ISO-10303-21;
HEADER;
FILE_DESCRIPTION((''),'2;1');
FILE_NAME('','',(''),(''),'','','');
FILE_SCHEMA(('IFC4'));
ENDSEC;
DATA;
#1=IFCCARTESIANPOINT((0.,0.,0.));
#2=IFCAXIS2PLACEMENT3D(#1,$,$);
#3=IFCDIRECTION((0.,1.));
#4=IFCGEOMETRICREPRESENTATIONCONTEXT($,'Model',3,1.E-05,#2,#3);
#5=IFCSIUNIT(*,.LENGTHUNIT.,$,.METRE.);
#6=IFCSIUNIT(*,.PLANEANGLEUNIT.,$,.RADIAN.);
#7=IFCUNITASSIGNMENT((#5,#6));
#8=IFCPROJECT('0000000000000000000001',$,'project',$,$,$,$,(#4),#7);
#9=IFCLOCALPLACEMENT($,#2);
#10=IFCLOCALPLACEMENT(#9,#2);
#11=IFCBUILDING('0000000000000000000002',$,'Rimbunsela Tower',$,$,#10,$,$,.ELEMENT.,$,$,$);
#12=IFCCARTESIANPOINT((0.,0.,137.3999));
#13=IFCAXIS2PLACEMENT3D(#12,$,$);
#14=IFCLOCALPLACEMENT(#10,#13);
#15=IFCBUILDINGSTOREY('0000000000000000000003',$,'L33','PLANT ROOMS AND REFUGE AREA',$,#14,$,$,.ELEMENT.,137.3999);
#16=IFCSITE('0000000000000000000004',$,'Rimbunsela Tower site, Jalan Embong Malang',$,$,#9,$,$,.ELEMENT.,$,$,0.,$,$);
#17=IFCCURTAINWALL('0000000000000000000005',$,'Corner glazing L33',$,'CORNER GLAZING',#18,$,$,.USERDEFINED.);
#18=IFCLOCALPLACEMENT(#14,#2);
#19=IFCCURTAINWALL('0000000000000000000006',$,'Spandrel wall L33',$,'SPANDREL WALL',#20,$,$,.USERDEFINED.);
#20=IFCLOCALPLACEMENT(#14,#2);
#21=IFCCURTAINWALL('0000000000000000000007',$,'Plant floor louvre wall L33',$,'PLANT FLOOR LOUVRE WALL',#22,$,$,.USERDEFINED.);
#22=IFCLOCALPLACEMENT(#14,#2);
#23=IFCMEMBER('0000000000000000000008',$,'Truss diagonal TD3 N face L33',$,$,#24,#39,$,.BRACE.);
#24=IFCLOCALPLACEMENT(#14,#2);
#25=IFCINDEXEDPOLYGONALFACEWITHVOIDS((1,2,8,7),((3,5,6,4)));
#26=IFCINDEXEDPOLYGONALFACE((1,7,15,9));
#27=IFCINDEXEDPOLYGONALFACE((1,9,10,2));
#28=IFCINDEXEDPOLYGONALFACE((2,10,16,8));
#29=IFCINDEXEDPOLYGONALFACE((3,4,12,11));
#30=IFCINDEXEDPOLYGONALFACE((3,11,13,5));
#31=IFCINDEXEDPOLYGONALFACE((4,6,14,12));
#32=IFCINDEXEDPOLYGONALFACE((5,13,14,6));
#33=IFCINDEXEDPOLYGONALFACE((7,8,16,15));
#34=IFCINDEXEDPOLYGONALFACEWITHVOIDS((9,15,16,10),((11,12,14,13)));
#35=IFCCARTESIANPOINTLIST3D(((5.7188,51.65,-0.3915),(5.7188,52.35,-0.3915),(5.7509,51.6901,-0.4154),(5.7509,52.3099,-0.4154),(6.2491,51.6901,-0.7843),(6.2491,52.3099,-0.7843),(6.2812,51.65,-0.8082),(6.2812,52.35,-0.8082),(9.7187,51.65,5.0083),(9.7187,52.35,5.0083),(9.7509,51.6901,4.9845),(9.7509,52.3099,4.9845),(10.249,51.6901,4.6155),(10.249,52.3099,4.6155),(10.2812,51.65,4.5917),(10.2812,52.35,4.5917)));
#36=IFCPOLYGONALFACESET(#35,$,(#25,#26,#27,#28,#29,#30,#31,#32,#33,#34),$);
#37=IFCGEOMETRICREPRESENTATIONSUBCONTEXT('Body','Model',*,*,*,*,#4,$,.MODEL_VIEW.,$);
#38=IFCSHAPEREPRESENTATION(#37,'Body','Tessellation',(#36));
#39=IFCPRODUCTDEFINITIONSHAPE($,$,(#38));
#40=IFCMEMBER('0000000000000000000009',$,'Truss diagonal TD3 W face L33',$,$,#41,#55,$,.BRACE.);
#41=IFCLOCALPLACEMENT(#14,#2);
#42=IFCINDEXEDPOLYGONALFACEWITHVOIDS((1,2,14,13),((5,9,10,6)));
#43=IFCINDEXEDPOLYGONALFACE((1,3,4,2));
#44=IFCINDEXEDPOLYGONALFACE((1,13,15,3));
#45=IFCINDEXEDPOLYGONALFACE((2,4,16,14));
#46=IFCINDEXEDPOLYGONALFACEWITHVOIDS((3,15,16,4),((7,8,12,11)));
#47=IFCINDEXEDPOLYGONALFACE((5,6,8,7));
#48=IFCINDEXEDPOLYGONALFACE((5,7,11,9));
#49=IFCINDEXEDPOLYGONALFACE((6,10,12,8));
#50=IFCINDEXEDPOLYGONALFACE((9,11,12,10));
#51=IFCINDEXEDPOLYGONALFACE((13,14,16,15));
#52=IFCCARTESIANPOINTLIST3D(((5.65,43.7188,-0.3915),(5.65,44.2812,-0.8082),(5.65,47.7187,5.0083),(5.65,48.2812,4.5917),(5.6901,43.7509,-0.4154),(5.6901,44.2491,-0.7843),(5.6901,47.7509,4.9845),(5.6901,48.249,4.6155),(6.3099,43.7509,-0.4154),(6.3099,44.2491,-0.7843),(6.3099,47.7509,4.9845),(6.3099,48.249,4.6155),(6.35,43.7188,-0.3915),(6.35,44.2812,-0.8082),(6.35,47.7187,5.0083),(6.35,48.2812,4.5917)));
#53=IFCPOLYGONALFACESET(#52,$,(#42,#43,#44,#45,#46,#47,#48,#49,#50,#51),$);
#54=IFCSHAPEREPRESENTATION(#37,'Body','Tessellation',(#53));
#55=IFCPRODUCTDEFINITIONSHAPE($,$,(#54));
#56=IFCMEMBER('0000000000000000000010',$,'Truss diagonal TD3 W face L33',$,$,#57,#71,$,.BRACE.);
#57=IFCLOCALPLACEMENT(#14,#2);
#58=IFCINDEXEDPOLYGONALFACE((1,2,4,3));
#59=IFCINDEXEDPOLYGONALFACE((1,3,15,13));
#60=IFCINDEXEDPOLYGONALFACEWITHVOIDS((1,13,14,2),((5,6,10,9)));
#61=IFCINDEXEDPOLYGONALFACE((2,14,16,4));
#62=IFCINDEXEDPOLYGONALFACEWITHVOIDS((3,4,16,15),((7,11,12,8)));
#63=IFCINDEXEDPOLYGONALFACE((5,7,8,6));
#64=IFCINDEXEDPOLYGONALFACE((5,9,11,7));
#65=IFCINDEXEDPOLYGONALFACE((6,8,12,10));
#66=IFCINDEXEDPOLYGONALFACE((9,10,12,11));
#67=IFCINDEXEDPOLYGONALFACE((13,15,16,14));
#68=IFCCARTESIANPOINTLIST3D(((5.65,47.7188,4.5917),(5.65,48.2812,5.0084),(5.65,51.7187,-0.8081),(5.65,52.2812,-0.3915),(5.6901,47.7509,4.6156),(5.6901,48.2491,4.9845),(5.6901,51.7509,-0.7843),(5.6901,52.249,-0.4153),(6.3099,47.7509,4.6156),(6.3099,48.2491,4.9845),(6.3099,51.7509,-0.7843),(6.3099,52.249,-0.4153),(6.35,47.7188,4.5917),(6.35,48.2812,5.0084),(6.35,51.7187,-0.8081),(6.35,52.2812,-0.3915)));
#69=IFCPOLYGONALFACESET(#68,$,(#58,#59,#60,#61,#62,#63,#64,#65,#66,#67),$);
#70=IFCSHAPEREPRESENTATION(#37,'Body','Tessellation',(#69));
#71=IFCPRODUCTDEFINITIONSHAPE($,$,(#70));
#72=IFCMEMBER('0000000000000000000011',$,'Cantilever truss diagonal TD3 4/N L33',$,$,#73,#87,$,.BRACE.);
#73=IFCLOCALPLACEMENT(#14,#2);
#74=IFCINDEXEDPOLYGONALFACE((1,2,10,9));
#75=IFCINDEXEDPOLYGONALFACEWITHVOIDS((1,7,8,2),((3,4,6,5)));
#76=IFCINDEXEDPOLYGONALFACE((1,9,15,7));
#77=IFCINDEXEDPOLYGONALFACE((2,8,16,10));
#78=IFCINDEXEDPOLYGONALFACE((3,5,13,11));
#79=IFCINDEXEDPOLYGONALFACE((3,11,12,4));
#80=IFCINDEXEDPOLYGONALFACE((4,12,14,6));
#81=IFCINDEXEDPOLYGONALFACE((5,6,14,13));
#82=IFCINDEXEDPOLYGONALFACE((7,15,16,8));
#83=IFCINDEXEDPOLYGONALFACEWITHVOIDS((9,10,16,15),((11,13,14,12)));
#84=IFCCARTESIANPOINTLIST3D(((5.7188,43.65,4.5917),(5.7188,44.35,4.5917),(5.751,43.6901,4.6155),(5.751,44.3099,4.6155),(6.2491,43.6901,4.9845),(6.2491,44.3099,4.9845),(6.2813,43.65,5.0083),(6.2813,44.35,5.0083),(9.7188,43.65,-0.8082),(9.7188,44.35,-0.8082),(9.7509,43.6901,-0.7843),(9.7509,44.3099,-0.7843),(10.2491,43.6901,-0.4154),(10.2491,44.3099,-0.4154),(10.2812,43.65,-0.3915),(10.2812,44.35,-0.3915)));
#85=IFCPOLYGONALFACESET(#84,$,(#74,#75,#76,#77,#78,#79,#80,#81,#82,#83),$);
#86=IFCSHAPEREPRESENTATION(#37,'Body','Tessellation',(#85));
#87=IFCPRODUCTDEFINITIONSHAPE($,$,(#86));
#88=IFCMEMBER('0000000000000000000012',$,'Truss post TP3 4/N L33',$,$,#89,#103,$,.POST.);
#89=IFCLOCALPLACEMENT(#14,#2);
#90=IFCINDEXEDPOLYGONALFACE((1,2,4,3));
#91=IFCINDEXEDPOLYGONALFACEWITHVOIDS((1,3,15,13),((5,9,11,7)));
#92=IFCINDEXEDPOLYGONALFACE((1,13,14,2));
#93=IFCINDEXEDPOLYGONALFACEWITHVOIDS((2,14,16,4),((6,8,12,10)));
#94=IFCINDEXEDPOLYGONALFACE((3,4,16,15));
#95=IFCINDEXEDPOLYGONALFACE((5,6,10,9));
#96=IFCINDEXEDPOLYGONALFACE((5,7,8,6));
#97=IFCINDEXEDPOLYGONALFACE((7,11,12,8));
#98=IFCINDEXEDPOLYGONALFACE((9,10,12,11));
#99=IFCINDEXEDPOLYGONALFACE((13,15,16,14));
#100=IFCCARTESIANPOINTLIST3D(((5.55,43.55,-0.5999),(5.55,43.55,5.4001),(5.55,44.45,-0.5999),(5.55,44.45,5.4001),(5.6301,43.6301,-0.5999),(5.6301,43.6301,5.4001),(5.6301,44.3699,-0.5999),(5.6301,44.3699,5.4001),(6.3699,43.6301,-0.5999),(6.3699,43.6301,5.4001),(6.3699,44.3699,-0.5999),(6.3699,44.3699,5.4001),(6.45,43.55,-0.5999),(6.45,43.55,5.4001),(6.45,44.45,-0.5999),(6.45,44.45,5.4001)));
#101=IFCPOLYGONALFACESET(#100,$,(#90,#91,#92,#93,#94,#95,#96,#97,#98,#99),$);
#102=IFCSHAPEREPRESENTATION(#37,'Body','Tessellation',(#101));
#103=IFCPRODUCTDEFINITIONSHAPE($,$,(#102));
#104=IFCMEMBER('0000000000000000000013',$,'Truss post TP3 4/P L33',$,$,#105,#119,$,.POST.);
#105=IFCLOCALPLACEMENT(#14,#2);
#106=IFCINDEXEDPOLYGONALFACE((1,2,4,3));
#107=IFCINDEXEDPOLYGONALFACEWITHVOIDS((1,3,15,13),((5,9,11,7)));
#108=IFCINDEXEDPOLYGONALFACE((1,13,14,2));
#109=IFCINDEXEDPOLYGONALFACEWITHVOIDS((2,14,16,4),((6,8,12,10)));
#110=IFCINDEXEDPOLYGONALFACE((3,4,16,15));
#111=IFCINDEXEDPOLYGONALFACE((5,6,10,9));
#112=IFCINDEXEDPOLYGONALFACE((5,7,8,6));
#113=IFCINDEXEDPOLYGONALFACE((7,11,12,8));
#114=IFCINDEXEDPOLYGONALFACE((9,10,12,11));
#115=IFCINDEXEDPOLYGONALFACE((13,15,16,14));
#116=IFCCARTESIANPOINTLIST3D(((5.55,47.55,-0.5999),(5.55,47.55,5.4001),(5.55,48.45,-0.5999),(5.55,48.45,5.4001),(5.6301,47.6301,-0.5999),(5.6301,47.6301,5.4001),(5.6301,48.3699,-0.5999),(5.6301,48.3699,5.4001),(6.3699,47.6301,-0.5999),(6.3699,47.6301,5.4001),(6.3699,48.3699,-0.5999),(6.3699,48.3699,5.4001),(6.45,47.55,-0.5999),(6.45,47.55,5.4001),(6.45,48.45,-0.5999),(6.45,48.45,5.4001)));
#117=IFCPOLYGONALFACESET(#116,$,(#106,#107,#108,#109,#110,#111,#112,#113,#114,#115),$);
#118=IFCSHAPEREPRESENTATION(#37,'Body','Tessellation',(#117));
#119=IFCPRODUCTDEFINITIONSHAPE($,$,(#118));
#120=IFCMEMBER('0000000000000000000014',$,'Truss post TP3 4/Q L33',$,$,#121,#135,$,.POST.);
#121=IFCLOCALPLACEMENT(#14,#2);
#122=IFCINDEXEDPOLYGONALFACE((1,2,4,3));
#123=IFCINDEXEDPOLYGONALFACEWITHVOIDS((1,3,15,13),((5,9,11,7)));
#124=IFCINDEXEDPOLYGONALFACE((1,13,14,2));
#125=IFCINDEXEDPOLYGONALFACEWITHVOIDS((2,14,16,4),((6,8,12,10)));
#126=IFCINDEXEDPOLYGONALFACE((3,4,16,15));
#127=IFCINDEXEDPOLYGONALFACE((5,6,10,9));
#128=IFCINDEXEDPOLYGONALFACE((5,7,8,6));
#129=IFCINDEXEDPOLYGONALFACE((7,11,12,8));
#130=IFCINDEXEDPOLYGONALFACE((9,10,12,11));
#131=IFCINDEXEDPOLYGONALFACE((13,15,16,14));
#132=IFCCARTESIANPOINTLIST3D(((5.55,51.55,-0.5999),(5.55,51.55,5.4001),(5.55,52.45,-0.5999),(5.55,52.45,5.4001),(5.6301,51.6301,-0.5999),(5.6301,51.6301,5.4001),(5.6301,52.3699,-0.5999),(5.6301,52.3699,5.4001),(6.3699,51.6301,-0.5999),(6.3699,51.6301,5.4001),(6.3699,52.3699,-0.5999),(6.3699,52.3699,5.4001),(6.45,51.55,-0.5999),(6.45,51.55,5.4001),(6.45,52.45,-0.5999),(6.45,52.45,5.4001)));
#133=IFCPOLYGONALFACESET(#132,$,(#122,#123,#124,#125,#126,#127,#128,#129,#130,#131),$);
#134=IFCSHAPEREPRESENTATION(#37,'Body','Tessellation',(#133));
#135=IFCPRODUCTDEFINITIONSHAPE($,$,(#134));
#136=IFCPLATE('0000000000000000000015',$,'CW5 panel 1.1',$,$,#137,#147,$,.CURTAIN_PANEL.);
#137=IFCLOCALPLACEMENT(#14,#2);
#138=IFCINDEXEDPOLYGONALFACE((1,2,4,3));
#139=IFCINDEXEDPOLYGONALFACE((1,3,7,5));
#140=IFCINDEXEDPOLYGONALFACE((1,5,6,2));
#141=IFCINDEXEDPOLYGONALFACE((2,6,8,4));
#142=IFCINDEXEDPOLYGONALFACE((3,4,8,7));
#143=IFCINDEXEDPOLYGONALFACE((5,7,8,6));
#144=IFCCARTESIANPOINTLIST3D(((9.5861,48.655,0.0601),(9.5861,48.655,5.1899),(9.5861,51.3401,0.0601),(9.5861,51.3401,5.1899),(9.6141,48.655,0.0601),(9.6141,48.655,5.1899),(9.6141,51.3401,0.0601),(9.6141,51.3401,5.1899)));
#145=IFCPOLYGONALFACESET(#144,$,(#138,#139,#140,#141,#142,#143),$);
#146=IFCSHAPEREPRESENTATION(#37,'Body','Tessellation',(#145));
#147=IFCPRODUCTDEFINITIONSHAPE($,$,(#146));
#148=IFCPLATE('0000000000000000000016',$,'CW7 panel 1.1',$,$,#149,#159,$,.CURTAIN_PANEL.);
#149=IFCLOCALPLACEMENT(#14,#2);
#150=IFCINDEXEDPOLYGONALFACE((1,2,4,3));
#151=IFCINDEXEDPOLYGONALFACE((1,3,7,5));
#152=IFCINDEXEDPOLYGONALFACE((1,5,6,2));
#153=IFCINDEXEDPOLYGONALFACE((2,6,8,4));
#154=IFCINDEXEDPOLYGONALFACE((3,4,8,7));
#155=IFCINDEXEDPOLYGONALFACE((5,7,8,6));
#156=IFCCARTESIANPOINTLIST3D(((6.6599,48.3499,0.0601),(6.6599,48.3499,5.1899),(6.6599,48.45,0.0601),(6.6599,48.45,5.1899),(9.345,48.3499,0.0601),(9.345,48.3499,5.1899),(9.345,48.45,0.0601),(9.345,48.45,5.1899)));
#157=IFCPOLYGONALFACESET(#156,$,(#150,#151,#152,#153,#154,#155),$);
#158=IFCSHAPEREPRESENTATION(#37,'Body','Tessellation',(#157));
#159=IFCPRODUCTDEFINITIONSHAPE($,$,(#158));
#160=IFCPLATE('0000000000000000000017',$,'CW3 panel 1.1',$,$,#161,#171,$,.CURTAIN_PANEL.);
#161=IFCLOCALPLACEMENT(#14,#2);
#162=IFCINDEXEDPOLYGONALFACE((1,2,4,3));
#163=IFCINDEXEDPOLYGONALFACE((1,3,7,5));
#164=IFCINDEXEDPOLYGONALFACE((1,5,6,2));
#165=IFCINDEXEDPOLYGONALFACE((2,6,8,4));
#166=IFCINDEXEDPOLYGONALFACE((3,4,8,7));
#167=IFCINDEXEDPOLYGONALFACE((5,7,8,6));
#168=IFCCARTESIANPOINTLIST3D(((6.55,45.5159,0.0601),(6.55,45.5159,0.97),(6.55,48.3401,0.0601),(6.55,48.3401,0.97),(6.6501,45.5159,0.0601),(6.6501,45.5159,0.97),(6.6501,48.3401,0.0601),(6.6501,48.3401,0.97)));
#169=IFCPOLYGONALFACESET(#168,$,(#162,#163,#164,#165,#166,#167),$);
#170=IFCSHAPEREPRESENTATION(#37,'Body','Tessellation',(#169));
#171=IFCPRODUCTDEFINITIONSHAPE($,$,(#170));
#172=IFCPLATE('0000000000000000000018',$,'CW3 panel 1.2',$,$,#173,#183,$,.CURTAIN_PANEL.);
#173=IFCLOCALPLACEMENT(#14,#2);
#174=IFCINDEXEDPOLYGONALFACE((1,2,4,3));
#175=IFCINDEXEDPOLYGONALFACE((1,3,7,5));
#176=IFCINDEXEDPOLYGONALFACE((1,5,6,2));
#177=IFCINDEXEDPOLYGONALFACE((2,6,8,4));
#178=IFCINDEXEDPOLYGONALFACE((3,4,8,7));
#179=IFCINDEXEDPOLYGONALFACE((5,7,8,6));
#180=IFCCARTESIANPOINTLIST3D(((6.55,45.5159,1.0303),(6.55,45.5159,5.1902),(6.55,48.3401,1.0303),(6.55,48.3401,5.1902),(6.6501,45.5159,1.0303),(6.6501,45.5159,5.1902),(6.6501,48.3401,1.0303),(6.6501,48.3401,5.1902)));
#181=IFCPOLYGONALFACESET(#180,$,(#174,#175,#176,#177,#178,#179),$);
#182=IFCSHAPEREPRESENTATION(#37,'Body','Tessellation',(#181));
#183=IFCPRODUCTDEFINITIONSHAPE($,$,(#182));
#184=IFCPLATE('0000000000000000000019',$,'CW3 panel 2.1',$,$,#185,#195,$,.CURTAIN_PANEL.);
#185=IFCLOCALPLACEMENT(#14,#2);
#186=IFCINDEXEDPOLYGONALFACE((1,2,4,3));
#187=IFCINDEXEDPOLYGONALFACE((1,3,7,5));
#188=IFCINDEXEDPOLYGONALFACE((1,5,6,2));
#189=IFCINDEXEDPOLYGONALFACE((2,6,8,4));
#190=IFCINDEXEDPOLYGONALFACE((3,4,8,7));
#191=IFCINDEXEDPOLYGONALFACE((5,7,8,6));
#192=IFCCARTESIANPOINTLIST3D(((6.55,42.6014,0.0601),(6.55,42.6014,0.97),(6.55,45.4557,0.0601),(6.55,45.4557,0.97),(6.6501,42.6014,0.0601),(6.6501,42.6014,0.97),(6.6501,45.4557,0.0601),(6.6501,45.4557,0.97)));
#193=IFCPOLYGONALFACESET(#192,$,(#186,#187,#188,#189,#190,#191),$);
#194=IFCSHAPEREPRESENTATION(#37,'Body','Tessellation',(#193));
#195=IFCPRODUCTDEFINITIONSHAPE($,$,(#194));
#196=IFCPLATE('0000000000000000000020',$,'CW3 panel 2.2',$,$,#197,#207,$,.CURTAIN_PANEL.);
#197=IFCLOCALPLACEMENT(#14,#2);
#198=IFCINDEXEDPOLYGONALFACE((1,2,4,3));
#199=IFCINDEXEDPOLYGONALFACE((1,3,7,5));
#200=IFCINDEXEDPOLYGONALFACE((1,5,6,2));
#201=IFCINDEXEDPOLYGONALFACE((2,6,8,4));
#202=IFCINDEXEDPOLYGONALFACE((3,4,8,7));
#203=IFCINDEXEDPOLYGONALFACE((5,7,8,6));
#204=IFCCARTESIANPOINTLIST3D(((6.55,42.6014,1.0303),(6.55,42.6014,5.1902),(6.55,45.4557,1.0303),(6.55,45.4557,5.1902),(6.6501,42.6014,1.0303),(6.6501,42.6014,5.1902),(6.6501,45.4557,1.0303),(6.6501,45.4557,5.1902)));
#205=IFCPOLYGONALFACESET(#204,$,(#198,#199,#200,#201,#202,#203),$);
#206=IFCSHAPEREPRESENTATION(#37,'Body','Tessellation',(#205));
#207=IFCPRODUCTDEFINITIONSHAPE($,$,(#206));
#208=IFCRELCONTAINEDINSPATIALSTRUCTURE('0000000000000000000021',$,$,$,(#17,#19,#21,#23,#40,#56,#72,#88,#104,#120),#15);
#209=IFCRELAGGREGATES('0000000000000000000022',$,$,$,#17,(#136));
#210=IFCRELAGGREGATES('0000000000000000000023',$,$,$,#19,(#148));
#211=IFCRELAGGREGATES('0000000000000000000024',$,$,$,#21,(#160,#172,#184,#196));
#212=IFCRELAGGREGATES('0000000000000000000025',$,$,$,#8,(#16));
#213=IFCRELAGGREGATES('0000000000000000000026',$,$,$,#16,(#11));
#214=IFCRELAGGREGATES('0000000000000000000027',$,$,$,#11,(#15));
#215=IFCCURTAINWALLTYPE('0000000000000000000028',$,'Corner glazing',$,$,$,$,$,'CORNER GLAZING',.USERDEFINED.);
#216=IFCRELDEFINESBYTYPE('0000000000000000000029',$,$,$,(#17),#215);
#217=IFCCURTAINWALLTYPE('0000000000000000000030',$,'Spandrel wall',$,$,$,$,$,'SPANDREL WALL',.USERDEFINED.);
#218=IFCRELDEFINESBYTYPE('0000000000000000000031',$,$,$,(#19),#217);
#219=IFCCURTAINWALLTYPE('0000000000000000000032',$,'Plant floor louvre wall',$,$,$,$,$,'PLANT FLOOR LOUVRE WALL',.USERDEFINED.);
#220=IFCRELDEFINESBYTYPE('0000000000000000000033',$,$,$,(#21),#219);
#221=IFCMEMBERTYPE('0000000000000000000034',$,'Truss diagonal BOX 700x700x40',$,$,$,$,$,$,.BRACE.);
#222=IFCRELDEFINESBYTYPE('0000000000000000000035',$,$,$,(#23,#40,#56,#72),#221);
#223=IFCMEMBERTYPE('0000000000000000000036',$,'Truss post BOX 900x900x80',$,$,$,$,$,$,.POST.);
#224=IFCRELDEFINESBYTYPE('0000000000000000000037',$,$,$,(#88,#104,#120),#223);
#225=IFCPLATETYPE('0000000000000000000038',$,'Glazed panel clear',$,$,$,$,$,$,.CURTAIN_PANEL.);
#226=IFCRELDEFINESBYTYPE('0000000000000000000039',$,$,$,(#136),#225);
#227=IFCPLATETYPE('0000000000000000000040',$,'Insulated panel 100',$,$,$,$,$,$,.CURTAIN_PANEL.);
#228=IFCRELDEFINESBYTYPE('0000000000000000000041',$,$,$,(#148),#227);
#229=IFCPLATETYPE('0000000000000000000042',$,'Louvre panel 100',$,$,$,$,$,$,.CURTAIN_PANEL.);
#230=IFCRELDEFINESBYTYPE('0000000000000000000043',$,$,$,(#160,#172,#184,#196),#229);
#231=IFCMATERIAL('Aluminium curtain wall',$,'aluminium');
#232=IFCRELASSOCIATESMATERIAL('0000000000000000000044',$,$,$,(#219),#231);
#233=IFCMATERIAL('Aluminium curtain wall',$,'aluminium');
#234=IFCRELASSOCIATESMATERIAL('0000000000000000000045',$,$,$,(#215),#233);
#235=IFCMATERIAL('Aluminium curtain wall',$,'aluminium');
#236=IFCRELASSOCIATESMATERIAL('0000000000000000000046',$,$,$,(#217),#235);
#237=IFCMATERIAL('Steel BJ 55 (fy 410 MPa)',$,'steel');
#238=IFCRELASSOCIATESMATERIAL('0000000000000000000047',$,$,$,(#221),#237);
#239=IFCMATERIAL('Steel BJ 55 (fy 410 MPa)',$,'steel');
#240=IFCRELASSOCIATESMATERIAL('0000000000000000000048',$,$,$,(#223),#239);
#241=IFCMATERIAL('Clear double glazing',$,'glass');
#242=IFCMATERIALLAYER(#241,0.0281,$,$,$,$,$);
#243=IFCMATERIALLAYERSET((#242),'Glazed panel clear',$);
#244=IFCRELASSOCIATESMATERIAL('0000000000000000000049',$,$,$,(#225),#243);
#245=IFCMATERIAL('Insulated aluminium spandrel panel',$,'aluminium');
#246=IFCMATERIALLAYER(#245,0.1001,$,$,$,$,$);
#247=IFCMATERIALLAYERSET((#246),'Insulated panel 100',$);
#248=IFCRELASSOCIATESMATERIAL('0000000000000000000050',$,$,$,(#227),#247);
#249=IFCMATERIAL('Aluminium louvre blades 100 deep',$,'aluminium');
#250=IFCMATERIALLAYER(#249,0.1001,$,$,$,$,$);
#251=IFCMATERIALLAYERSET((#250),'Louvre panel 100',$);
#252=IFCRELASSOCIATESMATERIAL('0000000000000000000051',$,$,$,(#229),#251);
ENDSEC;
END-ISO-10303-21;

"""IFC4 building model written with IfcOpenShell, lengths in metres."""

from ifc_helpers import new_model, si_unit, direction, frame, origin, origin_2d, place, context, subcontext, project, spatial, rectangle, hollow_rectangle, extrude, material, layer, layer_set, material_profile, profile_set, type_object, element, aggregate, save


model = new_model("IFC4")

# Units and contexts
model_context = context("Model", 3, precision=1e-05, world=origin(), true_north=direction((0.0, 1.0)))
body_context = subcontext(model_context, "Body", "Model", "MODEL_VIEW")
ifc_project = project(units=[si_unit("LENGTHUNIT", "METRE"), si_unit("PLANEANGLEUNIT", "RADIAN")], contexts=[model_context])

# Site, building, storey
site_placement = place(None, origin())
site = spatial("IfcSite", under=ifc_project, at=site_placement, Name="Rimbunsela Tower site, Jalan Embong Malang", CompositionType="ELEMENT", RefElevation=0.0)
building_placement = place(site_placement, origin())
building = spatial("IfcBuilding", under=site, at=building_placement, Name="Rimbunsela Tower", CompositionType="ELEMENT")
storey_placement = place(building_placement, frame((0.0, 0.0, 137.3999)))
storey = spatial("IfcBuildingStorey", under=building, at=storey_placement, Name="L33", Description="PLANT ROOMS AND REFUGE AREA", CompositionType="ELEMENT", Elevation=137.3999)

# Shared definitions
ifc_material_1 = material(Name="Aluminium curtain wall", Category="aluminium")
curtain_wall_type_1 = type_object("IfcCurtainWallType", Name="Plant floor louvre wall", ElementType="PLANT FLOOR LOUVRE WALL", PredefinedType="USERDEFINED", material=ifc_material_1)

# Curtain walls
ifc_material_2 = material(Name="Aluminium curtain wall", Category="aluminium")
curtain_wall_type_2 = type_object("IfcCurtainWallType", Name="Corner glazing", ElementType="CORNER GLAZING", PredefinedType="USERDEFINED", material=ifc_material_2)
curtain_wall_1_placement = place(storey_placement, origin())
curtain_wall_1 = element("IfcCurtainWall", 1, at=curtain_wall_1_placement, inside=storey, type_object=curtain_wall_type_2, Name="Corner glazing L33", ObjectType="CORNER GLAZING", PredefinedType="USERDEFINED")
ifc_material_3 = material(Name="Aluminium curtain wall", Category="aluminium")
curtain_wall_type_3 = type_object("IfcCurtainWallType", Name="Spandrel wall", ElementType="SPANDREL WALL", PredefinedType="USERDEFINED", material=ifc_material_3)
curtain_wall_2_placement = place(storey_placement, origin())
curtain_wall_2 = element("IfcCurtainWall", 2, at=curtain_wall_2_placement, inside=storey, type_object=curtain_wall_type_3, Name="Spandrel wall L33", ObjectType="SPANDREL WALL", PredefinedType="USERDEFINED")
curtain_wall_3_placement = place(storey_placement, origin())
curtain_wall_3 = element("IfcCurtainWall", 3, at=curtain_wall_3_placement, inside=storey, type_object=curtain_wall_type_1, Name="Plant floor louvre wall L33", ObjectType="PLANT FLOOR LOUVRE WALL", PredefinedType="USERDEFINED")

# Members
ifc_material_4 = material(Name="Steel BJ 55 (fy 410 MPa)", Category="steel")
ifc_material_profile_1 = material_profile(ifc_material_4, hollow_rectangle(XDim=0.7, YDim=0.7, WallThickness=0.04, at=origin_2d()), Name="BOX 700x700x40")
ifc_profile_set_1 = profile_set([ifc_material_profile_1], Name="Steel BJ 55 (fy 410 MPa)")
member_type_1 = type_object("IfcMemberType", Name="Truss diagonal BOX 700x700x40", PredefinedType="BRACE", material=ifc_profile_set_1)
for number, where, z_axis, x_axis, name in (
    (4, (6.0, 52.0, -0.5999), (0.595235, 0.0, 0.803552), (0.0, 1.0, 0.0), "Truss diagonal TD3 N face L33"),
    (5, (6.0, 44.0, -0.5999), (0.0, 0.595235, 0.803552), (-1.0, 0.0, 0.0), "Truss diagonal TD3 W face L33"),
    (6, (6.0, 48.0, 4.8), (0.0, 0.595235, -0.803552), (-1.0, 0.0, 0.0), "Truss diagonal TD3 W face L33"),
    (7, (10.0, 44.0, -0.5999), (-0.595235, 0.0, 0.803552), (0.0, -1.0, 0.0), "Cantilever truss diagonal TD3 4/N L33"),
):
    element("IfcMember", number, at=place(storey_placement, frame(where, z_axis=z_axis, x_axis=x_axis)), inside=storey, type_object=member_type_1, Name=name, PredefinedType="BRACE", context=body_context, shape_type="SweptSolid", body=[
        extrude(hollow_rectangle(XDim=0.7, YDim=0.7, WallThickness=0.04, at=origin_2d()), origin(), (0.0, 0.0, 1.0), 6.72),
    ])
ifc_material_5 = material(Name="Steel BJ 55 (fy 410 MPa)", Category="steel")
ifc_material_profile_2 = material_profile(ifc_material_5, hollow_rectangle(XDim=0.8999, YDim=0.8999, WallThickness=0.0801, at=origin_2d()), Name="BOX 900x900x80")
ifc_profile_set_2 = profile_set([ifc_material_profile_2], Name="Steel BJ 55 (fy 410 MPa)")
member_type_2 = type_object("IfcMemberType", Name="Truss post BOX 900x900x80", PredefinedType="POST", material=ifc_profile_set_2)
for number, where, z_axis, x_axis, name in (
    (8, (6.0, 44.0, -0.5999), (0.0, 0.0, 1.0), (1.0, 0.0, 0.0), "Truss post TP3 4/N L33"),
    (9, (6.0, 48.0, -0.5999), (0.0, 0.0, 1.0), (1.0, 0.0, 0.0), "Truss post TP3 4/P L33"),
    (10, (6.0, 52.0, -0.5999), (0.0, 0.0, 1.0), (1.0, 0.0, 0.0), "Truss post TP3 4/Q L33"),
):
    element("IfcMember", number, at=place(storey_placement, frame(where, z_axis=z_axis, x_axis=x_axis)), inside=storey, type_object=member_type_2, Name=name, PredefinedType="POST", context=body_context, shape_type="SweptSolid", body=[
        extrude(hollow_rectangle(XDim=0.8999, YDim=0.8999, WallThickness=0.0801, at=origin_2d()), origin(), (0.0, 0.0, 1.0), 6.0),
    ])

# Plates
ifc_material_6 = material(Name="Clear double glazing", Category="glass")
ifc_layer_1 = layer(ifc_material_6, 0.0281)
ifc_layer_set_1 = layer_set([ifc_layer_1], Name="Glazed panel clear")
plate_type_1 = type_object("IfcPlateType", Name="Glazed panel clear", PredefinedType="CURTAIN_PANEL", material=ifc_layer_set_1)
plate_1_placement = place(storey_placement, frame((9.6001, 49.9976, 0.0601), z_axis=(0.0, 0.0, 1.0), x_axis=(0.0, -1.0, 0.0)))
plate_1 = element("IfcPlate", 11, at=plate_1_placement, type_object=plate_type_1, Name="CW5 panel 1.1", PredefinedType="CURTAIN_PANEL", context=body_context, shape_type="SweptSolid", body=[
    extrude(rectangle(XDim=2.6851, YDim=0.0281, at=origin_2d()), origin(), (0.0, 0.0, 1.0), 5.1299),
])
aggregate(curtain_wall_1, [plate_1])
ifc_material_7 = material(Name="Insulated aluminium spandrel panel", Category="aluminium")
ifc_layer_2 = layer(ifc_material_7, 0.1001)
ifc_layer_set_2 = layer_set([ifc_layer_2], Name="Insulated panel 100")
plate_type_2 = type_object("IfcPlateType", Name="Insulated panel 100", PredefinedType="CURTAIN_PANEL", material=ifc_layer_set_2)
plate_2_placement = place(storey_placement, frame((8.0024, 48.3999, 0.0601), z_axis=(0.0, 0.0, 1.0), x_axis=(-1.0, 0.0, 0.0)))
plate_2 = element("IfcPlate", 12, at=plate_2_placement, type_object=plate_type_2, Name="CW7 panel 1.1", PredefinedType="CURTAIN_PANEL", context=body_context, shape_type="SweptSolid", body=[
    extrude(rectangle(XDim=2.6851, YDim=0.1001, at=origin_2d()), origin(), (0.0, 0.0, 1.0), 5.1299),
])
aggregate(curtain_wall_2, [plate_2])
ifc_material_8 = material(Name="Aluminium louvre blades 100 deep", Category="aluminium")
ifc_layer_3 = layer(ifc_material_8, 0.1001)
ifc_layer_set_3 = layer_set([ifc_layer_3], Name="Louvre panel 100")
plate_type_3 = type_object("IfcPlateType", Name="Louvre panel 100", PredefinedType="CURTAIN_PANEL", material=ifc_layer_set_3)
plate_3_placement = place(storey_placement, frame((6.6001, 46.928, 0.0601), z_axis=(0.0, 0.0, 1.0), x_axis=(0.0, -1.0, 0.0)))
plate_3 = element("IfcPlate", 13, at=plate_3_placement, type_object=plate_type_3, Name="CW3 panel 1.1", PredefinedType="CURTAIN_PANEL", context=body_context, shape_type="SweptSolid", body=[
    extrude(rectangle(XDim=2.8242, YDim=0.1001, at=origin_2d()), origin(), (0.0, 0.0, 1.0), 0.9099),
])
plate_4_placement = place(storey_placement, frame((6.6001, 46.928, 1.0303), z_axis=(0.0, 0.0, 1.0), x_axis=(0.0, -1.0, 0.0)))
plate_4 = element("IfcPlate", 14, at=plate_4_placement, type_object=plate_type_3, Name="CW3 panel 1.2", PredefinedType="CURTAIN_PANEL", context=body_context, shape_type="SweptSolid", body=[
    extrude(rectangle(XDim=2.8242, YDim=0.1001, at=origin_2d()), origin(), (0.0, 0.0, 1.0), 4.1599),
])
plate_5_placement = place(storey_placement, frame((6.6001, 44.0286, 0.0601), z_axis=(0.0, 0.0, 1.0), x_axis=(0.0, -1.0, 0.0)))
plate_5 = element("IfcPlate", 15, at=plate_5_placement, type_object=plate_type_3, Name="CW3 panel 2.1", PredefinedType="CURTAIN_PANEL", context=body_context, shape_type="SweptSolid", body=[
    extrude(rectangle(XDim=2.8542, YDim=0.1001, at=origin_2d()), origin(), (0.0, 0.0, 1.0), 0.9099),
])
plate_6_placement = place(storey_placement, frame((6.6001, 44.0286, 1.0303), z_axis=(0.0, 0.0, 1.0), x_axis=(0.0, -1.0, 0.0)))
plate_6 = element("IfcPlate", 16, at=plate_6_placement, type_object=plate_type_3, Name="CW3 panel 2.2", PredefinedType="CURTAIN_PANEL", context=body_context, shape_type="SweptSolid", body=[
    extrude(rectangle(XDim=2.8542, YDim=0.1001, at=origin_2d()), origin(), (0.0, 0.0, 1.0), 4.1599),
])
aggregate(curtain_wall_3, [plate_3, plate_4, plate_5, plate_6])

save(model, "model.ifc")
